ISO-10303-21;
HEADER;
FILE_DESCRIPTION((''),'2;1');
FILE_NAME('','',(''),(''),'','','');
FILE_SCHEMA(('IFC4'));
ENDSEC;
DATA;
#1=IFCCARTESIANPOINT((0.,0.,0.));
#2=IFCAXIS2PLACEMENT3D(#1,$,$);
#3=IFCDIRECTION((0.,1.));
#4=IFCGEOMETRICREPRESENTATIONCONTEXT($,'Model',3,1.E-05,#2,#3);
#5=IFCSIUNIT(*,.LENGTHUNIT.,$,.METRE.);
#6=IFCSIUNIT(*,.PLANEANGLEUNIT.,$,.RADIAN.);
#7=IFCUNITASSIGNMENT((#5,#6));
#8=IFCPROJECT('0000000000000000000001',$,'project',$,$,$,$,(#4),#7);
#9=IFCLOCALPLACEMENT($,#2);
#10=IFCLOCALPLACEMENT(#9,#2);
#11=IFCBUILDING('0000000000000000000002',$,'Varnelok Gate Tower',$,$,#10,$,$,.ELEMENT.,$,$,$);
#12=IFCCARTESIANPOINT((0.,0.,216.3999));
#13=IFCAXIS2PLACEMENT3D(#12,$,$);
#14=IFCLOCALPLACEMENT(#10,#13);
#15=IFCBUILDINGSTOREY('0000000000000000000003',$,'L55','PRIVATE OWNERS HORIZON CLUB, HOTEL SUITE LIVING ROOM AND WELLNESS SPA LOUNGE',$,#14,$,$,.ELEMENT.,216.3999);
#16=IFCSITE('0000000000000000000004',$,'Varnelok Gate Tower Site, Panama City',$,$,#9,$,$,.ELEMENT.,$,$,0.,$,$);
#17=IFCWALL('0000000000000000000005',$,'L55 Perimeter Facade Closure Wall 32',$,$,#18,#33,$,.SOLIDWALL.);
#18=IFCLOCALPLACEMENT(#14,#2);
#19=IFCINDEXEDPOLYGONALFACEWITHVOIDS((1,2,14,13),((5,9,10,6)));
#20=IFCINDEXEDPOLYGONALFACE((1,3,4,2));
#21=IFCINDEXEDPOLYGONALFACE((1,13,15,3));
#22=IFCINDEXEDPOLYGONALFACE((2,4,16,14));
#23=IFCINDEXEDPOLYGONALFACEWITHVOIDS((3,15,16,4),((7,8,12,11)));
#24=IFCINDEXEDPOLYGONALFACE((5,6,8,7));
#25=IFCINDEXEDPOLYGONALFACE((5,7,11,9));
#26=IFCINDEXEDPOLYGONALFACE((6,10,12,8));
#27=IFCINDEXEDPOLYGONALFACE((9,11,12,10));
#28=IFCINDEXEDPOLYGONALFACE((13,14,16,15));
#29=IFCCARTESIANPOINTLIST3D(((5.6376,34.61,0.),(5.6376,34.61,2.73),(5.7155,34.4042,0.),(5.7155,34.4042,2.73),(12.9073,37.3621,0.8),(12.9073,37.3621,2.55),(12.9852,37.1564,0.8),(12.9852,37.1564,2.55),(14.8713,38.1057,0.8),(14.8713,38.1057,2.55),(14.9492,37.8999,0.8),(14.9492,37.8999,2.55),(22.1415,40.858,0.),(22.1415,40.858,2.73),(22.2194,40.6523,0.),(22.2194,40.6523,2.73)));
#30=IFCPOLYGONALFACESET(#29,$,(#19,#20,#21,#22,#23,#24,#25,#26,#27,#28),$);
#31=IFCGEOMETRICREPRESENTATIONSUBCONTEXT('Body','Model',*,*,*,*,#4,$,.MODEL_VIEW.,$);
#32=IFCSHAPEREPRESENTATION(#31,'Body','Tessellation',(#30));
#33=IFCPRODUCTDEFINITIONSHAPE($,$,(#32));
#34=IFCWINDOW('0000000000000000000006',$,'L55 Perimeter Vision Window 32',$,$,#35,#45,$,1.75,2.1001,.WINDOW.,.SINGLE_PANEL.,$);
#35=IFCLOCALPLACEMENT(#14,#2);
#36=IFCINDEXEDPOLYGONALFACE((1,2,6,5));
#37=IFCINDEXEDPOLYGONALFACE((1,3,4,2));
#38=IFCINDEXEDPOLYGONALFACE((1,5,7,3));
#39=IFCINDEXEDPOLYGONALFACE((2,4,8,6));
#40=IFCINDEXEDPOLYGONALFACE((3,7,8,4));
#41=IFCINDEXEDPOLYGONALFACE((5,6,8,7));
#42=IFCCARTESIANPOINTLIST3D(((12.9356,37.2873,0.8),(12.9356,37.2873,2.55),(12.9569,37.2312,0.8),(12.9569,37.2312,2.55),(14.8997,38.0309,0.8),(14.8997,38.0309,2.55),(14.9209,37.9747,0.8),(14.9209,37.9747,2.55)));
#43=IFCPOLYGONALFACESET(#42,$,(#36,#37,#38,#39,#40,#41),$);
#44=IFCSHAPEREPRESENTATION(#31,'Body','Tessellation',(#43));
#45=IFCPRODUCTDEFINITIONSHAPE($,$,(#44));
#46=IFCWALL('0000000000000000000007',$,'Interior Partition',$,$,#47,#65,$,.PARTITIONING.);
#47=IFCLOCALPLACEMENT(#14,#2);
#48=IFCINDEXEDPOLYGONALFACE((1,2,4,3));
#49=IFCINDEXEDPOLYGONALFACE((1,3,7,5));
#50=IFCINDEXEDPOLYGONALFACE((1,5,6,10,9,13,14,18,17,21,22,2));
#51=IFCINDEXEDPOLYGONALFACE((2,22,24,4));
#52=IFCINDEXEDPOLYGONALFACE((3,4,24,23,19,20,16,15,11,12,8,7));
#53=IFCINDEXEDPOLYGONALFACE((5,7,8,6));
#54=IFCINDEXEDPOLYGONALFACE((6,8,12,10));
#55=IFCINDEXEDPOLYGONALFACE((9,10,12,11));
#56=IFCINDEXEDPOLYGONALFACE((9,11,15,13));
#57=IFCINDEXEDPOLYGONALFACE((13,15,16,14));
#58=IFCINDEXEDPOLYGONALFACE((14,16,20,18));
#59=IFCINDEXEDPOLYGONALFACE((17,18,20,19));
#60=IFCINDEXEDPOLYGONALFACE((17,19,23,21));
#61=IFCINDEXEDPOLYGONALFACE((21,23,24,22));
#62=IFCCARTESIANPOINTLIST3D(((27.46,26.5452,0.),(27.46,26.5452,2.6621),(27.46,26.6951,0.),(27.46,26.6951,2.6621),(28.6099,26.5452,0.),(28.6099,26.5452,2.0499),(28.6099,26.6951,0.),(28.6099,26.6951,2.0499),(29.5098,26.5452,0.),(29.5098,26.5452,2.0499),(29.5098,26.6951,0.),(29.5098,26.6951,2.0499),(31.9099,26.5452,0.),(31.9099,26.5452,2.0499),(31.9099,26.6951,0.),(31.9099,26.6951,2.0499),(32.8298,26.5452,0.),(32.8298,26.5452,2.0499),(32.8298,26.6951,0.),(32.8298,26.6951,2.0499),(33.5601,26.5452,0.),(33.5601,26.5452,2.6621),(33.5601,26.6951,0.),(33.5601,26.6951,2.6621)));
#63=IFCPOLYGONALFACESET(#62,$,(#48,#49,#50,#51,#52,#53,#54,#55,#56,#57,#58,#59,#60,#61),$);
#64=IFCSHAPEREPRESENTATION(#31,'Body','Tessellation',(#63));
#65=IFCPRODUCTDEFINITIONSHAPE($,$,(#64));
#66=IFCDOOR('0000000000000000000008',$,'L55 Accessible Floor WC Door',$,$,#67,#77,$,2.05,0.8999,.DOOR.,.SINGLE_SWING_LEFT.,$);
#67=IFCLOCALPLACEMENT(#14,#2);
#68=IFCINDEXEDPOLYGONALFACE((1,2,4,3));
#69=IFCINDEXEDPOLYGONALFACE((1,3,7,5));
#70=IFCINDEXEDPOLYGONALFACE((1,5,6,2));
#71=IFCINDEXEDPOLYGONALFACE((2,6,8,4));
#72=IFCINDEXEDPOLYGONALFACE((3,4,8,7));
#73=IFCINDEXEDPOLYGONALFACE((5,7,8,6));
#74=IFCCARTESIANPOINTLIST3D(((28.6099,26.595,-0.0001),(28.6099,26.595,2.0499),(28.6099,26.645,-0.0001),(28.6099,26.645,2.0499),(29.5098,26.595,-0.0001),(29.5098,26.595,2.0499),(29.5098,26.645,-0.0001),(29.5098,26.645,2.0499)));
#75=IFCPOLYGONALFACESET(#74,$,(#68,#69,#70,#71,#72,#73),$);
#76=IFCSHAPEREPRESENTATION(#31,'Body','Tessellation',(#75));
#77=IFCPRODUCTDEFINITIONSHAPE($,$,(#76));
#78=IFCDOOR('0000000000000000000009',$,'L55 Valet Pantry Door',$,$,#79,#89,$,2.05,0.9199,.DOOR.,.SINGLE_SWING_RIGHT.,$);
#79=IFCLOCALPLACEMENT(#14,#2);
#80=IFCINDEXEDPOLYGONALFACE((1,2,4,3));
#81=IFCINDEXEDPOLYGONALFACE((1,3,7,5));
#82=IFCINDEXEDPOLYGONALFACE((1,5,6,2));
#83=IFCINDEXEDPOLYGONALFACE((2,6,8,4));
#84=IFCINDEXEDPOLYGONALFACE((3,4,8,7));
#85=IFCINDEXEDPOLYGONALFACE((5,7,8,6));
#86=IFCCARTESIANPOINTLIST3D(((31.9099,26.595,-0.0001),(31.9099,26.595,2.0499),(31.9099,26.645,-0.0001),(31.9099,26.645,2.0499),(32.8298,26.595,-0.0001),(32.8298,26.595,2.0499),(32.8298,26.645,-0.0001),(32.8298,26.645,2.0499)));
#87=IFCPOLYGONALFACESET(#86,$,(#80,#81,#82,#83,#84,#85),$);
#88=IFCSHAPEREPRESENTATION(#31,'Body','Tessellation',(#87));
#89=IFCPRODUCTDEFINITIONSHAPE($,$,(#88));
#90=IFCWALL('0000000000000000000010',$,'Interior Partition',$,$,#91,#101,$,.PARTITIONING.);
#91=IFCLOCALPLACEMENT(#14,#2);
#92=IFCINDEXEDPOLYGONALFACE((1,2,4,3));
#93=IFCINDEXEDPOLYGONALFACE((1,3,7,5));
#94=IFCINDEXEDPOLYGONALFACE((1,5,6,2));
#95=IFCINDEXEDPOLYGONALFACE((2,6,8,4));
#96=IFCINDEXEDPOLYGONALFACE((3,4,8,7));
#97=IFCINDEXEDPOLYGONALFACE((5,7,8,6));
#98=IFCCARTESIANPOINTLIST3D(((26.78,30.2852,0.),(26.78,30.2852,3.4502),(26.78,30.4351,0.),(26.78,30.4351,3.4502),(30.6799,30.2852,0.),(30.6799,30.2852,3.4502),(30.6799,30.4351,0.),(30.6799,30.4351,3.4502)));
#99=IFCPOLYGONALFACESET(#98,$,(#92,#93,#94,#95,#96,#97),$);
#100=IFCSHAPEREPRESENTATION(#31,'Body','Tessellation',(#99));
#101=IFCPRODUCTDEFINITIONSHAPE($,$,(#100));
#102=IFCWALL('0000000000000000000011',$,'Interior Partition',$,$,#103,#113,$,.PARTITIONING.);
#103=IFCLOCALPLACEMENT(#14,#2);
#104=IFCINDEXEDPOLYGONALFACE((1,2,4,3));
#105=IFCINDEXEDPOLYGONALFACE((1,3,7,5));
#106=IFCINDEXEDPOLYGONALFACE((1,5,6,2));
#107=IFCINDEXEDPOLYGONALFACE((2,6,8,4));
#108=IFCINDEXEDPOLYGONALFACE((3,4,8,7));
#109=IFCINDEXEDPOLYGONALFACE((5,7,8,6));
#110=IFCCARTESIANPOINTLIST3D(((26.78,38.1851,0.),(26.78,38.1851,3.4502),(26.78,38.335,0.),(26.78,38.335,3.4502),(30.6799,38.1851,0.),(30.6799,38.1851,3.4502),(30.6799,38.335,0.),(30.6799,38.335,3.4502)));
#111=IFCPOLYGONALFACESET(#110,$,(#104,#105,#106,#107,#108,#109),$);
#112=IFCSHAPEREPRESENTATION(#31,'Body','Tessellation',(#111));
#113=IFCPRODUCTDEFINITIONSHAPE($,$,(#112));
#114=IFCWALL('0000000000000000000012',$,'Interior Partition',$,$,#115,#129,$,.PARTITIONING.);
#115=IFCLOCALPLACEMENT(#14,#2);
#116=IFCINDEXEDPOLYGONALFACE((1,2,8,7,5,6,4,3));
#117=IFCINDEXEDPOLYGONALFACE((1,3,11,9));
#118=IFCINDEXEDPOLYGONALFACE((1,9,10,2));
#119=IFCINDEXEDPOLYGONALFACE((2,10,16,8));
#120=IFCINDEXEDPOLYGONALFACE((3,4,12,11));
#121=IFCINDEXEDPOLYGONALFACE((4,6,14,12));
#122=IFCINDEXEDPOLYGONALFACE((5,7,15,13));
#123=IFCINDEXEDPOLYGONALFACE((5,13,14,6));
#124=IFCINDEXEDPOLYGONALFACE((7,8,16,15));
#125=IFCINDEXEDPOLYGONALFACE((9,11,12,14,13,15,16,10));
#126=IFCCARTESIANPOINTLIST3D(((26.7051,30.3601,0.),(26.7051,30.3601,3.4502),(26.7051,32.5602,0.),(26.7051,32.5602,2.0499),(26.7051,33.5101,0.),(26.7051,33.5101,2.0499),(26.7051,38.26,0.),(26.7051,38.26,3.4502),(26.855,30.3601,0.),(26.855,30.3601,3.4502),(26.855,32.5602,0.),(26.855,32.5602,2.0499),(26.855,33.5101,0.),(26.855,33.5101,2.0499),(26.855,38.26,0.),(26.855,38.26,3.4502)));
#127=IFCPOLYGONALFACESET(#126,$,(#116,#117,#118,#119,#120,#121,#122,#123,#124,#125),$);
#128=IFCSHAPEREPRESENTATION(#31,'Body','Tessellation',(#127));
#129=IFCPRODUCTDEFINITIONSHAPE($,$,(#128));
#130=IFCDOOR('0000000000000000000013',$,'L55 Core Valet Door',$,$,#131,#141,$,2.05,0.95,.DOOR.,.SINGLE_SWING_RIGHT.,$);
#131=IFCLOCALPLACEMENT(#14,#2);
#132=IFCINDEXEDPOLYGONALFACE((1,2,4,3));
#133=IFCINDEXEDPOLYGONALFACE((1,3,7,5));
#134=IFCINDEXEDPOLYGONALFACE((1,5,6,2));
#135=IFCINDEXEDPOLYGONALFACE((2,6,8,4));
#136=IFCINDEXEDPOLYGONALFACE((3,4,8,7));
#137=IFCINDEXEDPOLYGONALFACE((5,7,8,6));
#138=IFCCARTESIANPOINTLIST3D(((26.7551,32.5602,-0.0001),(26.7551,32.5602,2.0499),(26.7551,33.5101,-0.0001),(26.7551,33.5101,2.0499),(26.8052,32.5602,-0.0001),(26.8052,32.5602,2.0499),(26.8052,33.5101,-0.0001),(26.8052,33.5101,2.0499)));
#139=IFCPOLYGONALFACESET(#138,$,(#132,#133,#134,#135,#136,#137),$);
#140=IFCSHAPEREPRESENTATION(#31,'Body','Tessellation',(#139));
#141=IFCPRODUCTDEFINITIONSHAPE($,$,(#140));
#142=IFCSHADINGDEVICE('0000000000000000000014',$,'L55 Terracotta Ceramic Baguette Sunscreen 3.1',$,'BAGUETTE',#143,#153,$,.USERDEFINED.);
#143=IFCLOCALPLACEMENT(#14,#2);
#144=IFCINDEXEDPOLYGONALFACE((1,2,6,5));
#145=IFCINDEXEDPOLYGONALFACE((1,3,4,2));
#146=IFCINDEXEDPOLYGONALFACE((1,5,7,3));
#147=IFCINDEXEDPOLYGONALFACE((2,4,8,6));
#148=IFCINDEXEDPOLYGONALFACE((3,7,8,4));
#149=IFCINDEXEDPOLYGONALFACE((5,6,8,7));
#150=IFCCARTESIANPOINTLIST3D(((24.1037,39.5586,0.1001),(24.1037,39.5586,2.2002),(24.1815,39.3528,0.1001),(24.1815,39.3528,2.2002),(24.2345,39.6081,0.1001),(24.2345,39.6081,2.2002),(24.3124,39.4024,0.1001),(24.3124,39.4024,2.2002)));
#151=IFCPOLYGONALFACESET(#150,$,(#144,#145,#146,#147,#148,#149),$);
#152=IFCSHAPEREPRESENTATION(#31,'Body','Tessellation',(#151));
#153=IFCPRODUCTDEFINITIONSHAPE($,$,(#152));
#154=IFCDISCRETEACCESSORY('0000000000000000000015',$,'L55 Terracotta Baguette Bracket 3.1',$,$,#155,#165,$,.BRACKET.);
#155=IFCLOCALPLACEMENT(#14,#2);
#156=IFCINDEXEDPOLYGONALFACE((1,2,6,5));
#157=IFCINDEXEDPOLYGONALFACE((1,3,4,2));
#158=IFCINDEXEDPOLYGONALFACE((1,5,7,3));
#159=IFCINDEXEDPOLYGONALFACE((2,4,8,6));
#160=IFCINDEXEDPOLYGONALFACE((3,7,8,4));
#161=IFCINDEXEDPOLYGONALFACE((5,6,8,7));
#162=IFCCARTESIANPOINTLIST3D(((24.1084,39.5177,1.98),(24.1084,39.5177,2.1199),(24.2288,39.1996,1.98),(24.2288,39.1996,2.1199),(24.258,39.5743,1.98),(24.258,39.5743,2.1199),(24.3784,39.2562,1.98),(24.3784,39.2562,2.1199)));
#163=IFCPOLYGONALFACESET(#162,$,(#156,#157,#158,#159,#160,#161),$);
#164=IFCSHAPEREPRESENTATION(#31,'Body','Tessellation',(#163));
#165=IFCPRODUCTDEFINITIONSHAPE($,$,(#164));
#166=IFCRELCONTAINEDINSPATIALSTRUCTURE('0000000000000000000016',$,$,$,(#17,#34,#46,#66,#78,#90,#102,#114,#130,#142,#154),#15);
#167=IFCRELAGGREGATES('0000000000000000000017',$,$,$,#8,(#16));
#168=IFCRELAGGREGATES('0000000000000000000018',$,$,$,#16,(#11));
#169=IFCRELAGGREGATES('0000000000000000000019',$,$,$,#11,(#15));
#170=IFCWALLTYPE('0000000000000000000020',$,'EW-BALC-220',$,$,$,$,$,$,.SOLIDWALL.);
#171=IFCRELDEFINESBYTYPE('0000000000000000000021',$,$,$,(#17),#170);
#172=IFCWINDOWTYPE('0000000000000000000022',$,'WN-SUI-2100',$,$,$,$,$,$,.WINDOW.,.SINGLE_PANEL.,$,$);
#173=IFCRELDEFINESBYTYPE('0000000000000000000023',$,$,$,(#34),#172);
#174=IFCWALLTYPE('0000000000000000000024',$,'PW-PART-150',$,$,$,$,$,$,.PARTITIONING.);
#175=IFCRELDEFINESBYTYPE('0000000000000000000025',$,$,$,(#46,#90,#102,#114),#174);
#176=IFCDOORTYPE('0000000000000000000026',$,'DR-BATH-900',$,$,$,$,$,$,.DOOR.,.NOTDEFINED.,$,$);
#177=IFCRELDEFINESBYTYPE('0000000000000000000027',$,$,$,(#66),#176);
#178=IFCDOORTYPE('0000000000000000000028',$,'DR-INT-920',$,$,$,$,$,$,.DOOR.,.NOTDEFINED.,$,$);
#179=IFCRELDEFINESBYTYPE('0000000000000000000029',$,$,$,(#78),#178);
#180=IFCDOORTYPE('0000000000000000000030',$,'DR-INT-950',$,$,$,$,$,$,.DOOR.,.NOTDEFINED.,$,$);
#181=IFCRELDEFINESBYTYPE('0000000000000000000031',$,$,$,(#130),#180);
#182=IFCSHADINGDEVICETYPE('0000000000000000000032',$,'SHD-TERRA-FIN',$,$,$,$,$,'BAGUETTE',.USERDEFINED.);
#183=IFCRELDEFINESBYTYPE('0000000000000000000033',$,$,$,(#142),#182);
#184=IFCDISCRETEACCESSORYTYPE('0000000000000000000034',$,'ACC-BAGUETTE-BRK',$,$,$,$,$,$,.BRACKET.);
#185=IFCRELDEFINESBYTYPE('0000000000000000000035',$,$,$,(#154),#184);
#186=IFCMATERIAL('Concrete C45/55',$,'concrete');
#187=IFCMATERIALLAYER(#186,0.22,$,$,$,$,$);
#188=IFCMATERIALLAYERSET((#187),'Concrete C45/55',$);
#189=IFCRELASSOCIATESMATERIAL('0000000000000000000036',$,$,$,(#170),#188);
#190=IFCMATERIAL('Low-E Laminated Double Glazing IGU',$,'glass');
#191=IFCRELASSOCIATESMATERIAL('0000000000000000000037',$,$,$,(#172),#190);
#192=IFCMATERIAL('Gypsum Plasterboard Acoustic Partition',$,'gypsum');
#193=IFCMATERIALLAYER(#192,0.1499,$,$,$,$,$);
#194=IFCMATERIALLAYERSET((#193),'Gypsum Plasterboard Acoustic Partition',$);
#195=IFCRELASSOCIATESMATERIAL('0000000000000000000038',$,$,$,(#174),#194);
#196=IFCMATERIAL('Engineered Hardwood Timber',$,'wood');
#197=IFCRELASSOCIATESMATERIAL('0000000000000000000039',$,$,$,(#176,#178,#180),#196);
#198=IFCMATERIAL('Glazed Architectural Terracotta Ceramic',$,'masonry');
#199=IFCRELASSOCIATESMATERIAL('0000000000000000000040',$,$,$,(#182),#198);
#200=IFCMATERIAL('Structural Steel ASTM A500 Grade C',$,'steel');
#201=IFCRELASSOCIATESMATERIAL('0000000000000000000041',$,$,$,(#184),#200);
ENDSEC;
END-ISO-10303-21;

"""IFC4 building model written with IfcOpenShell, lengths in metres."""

from ifc_helpers import new_model, si_unit, direction, frame, frame_2d, origin, origin_2d, place, context, subcontext, project, spatial, rectangle, extrude, source, transform, mapped, material, layer, layer_set, type_object, element, fill, save


model = new_model("IFC4")

# Units and contexts
model_context = context("Model", 3, precision=1e-05, world=origin(), true_north=direction((0.0, 1.0)))
body_context = subcontext(model_context, "Body", "Model", "MODEL_VIEW")
ifc_project = project(units=[si_unit("LENGTHUNIT", "METRE"), si_unit("PLANEANGLEUNIT", "RADIAN")], contexts=[model_context])

# Site, building, storey
site_placement = place(None, origin())
site = spatial("IfcSite", under=ifc_project, at=site_placement, Name="Varnelok Gate Tower Site, Panama City", CompositionType="ELEMENT", RefElevation=0.0)
building_placement = place(site_placement, origin())
building = spatial("IfcBuilding", under=site, at=building_placement, Name="Varnelok Gate Tower", CompositionType="ELEMENT")
storey_placement = place(building_placement, frame((0.0, 0.0, 216.3999)))
storey = spatial("IfcBuildingStorey", under=building, at=storey_placement, Name="L55", Description="PRIVATE OWNERS HORIZON CLUB, HOTEL SUITE LIVING ROOM AND WELLNESS SPA LOUNGE", CompositionType="ELEMENT", Elevation=216.3999)

# Shared definitions
ifc_material_1 = material(Name="Concrete C45/55", Category="concrete")
ifc_layer_1 = layer(ifc_material_1, 0.22)
ifc_layer_set_1 = layer_set([ifc_layer_1], Name="Concrete C45/55")
wall_type_1 = type_object("IfcWallType", Name="EW-BALC-220", PredefinedType="SOLIDWALL", material=ifc_layer_set_1)
ifc_material_2 = material(Name="Low-E Laminated Double Glazing IGU", Category="glass")

# Wall, opening, window
wall_1_placement = place(storey_placement, frame((22.1804, 40.7551, 0.0), z_axis=(0.0, 0.0, 1.0), x_axis=(-0.935224, -0.354057, 0.0)))
wall_1 = element("IfcWall", 1, at=wall_1_placement, inside=storey, type_object=wall_type_1, Name="L55 Perimeter Facade Closure Wall 32", PredefinedType="SOLIDWALL", context=body_context, shape_type="SweptSolid", body=[
    extrude(rectangle(XDim=17.647, YDim=0.22, at=frame_2d((8.8235, 0.0))), origin(), (0.0, 0.0, 1.0), 2.73),
])
opening_1_placement = place(wall_1_placement, frame((7.7737, 0.0, 0.8)))
opening_1 = element("IfcOpeningElement", 2, at=opening_1_placement, cuts=wall_1, PredefinedType="OPENING", context=body_context, shape_type="SweptSolid", body=[
    extrude(rectangle(XDim=2.1001, YDim=1.75, at=frame_2d((1.05, 0.875))), frame((0.0, 0.1199, 0.0), z_axis=(0.0, -1.0, 0.0), x_axis=(1.0, 0.0, 0.0)), (0.0, 0.0, 1.0), 0.24),
])
window_type_1 = type_object("IfcWindowType", Name="WN-SUI-2100", PartitioningType="SINGLE_PANEL", PredefinedType="WINDOW", material=ifc_material_2)
window_1_placement = place(opening_1_placement, origin())
window_1 = element("IfcWindow", 3, at=window_1_placement, inside=storey, type_object=window_type_1, Name="L55 Perimeter Vision Window 32", OverallHeight=1.75, OverallWidth=2.1001, PartitioningType="SINGLE_PANEL", PredefinedType="WINDOW", context=body_context, shape_type="SweptSolid", body=[
    extrude(rectangle(XDim=2.1001, YDim=1.75, at=frame_2d((1.05, 0.875))), frame((0.0, 0.03, 0.0), z_axis=(0.0, -1.0, 0.0), x_axis=(1.0, 0.0, 0.0)), (0.0, 0.0, 1.0), 0.0601),
])
fill(opening_1, window_1)

# Wall, openings, doors
ifc_material_3 = material(Name="Gypsum Plasterboard Acoustic Partition", Category="gypsum")
ifc_layer_2 = layer(ifc_material_3, 0.1499)
ifc_layer_set_2 = layer_set([ifc_layer_2], Name="Gypsum Plasterboard Acoustic Partition")
wall_type_2 = type_object("IfcWallType", Name="PW-PART-150", PredefinedType="PARTITIONING", material=ifc_layer_set_2)
wall_2_placement = place(storey_placement, frame((27.46, 26.6201, 0.0), z_axis=(0.0, 0.0, 1.0), x_axis=(1.0, 0.0, 0.0)))
wall_2 = element("IfcWall", 4, at=wall_2_placement, inside=storey, type_object=wall_type_2, Name="Interior Partition", PredefinedType="PARTITIONING", context=body_context, shape_type="SweptSolid", body=[
    extrude(rectangle(XDim=6.1001, YDim=0.1499, at=frame_2d((3.05, 0.0))), origin(), (0.0, 0.0, 1.0), 2.6621),
])
opening_2_placement = place(wall_2_placement, frame((1.1499, 0.0, 0.0)))
opening_2 = element("IfcOpeningElement", 5, at=opening_2_placement, cuts=wall_2, PredefinedType="OPENING", context=body_context, shape_type="SweptSolid", body=[
    extrude(rectangle(XDim=0.8999, YDim=2.05, at=frame_2d((0.45, 1.0249))), frame((0.0, 0.085, 0.0), z_axis=(0.0, -1.0, 0.0), x_axis=(1.0, 0.0, 0.0)), (0.0, 0.0, 1.0), 0.1699),
])
opening_3_placement = place(wall_2_placement, frame((4.45, 0.0, 0.0)))
opening_3 = element("IfcOpeningElement", 6, at=opening_3_placement, cuts=wall_2, PredefinedType="OPENING", context=body_context, shape_type="SweptSolid", body=[
    extrude(rectangle(XDim=0.9199, YDim=2.05, at=frame_2d((0.46, 1.0249))), frame((0.0, 0.085, 0.0), z_axis=(0.0, -1.0, 0.0), x_axis=(1.0, 0.0, 0.0)), (0.0, 0.0, 1.0), 0.1699),
])
ifc_material_4 = material(Name="Engineered Hardwood Timber", Category="wood")
door_type_1 = type_object("IfcDoorType", Name="DR-BATH-900", OperationType="NOTDEFINED", PredefinedType="DOOR", material=ifc_material_4)
door_1_placement = place(opening_2_placement, origin())
door_1 = element("IfcDoor", 7, at=door_1_placement, inside=storey, type_object=door_type_1, Name="L55 Accessible Floor WC Door", OperationType="SINGLE_SWING_LEFT", OverallHeight=2.05, OverallWidth=0.8999, PredefinedType="DOOR", context=body_context, shape_type="SweptSolid", body=[
    extrude(rectangle(XDim=0.8999, YDim=2.05, at=frame_2d((0.45, 1.0249))), frame((0.0, 0.0249, 0.0), z_axis=(0.0, -1.0, 0.0), x_axis=(1.0, 0.0, 0.0)), (0.0, 0.0, 1.0), 0.05),
])
fill(opening_2, door_1)
door_type_2 = type_object("IfcDoorType", Name="DR-INT-920", OperationType="NOTDEFINED", PredefinedType="DOOR", material=ifc_material_4)
door_2_placement = place(opening_3_placement, origin())
door_2 = element("IfcDoor", 8, at=door_2_placement, inside=storey, type_object=door_type_2, Name="L55 Valet Pantry Door", OperationType="SINGLE_SWING_RIGHT", OverallHeight=2.05, OverallWidth=0.9199, PredefinedType="DOOR", context=body_context, shape_type="SweptSolid", body=[
    extrude(rectangle(XDim=0.9199, YDim=2.05, at=frame_2d((0.46, 1.0249))), frame((0.0, 0.0249, 0.0), z_axis=(0.0, -1.0, 0.0), x_axis=(1.0, 0.0, 0.0)), (0.0, 0.0, 1.0), 0.05),
])
fill(opening_3, door_2)

# Walls
for number, where, z_axis, x_axis, name in (
    (9, (26.78, 30.3601, 0.0), (0.0, 0.0, 1.0), (1.0, 0.0, 0.0), "Interior Partition"),
    (10, (26.78, 38.26, 0.0), (0.0, 0.0, 1.0), (1.0, 0.0, 0.0), "Interior Partition"),
):
    element("IfcWall", number, at=place(storey_placement, frame(where, z_axis=z_axis, x_axis=x_axis)), inside=storey, type_object=wall_type_2, Name=name, PredefinedType="PARTITIONING", context=body_context, shape_type="SweptSolid", body=[
        extrude(rectangle(XDim=3.8999, YDim=0.1499, at=frame_2d((1.95, 0.0))), origin(), (0.0, 0.0, 1.0), 3.4502),
    ])

# Wall, opening, door
wall_3_placement = place(storey_placement, frame((26.78, 30.3601, 0.0), z_axis=(0.0, 0.0, 1.0), x_axis=(0.0, 1.0, 0.0)))
wall_3 = element("IfcWall", 11, at=wall_3_placement, inside=storey, type_object=wall_type_2, Name="Interior Partition", PredefinedType="PARTITIONING", context=body_context, shape_type="SweptSolid", body=[
    extrude(rectangle(XDim=7.8999, YDim=0.1499, at=frame_2d((3.95, 0.0))), origin(), (0.0, 0.0, 1.0), 3.4502),
])
opening_4_placement = place(wall_3_placement, frame((2.2, 0.0, 0.0)))
opening_4 = element("IfcOpeningElement", 12, at=opening_4_placement, cuts=wall_3, PredefinedType="OPENING", context=body_context, shape_type="SweptSolid", body=[
    extrude(rectangle(XDim=0.95, YDim=2.05, at=frame_2d((0.4751, 1.0249))), frame((0.0, 0.085, 0.0), z_axis=(0.0, -1.0, 0.0), x_axis=(1.0, 0.0, 0.0)), (0.0, 0.0, 1.0), 0.1699),
])
door_type_3 = type_object("IfcDoorType", Name="DR-INT-950", OperationType="NOTDEFINED", PredefinedType="DOOR", material=ifc_material_4)
door_3_placement = place(opening_4_placement, origin())
door_3 = element("IfcDoor", 13, at=door_3_placement, inside=storey, type_object=door_type_3, Name="L55 Core Valet Door", OperationType="SINGLE_SWING_RIGHT", OverallHeight=2.05, OverallWidth=0.95, PredefinedType="DOOR", context=body_context, shape_type="SweptSolid", body=[
    extrude(rectangle(XDim=0.95, YDim=2.05, at=frame_2d((0.4751, 1.0249))), frame((0.0, 0.0249, 0.0), z_axis=(0.0, -1.0, 0.0), x_axis=(1.0, 0.0, 0.0)), (0.0, 0.0, 1.0), 0.05),
])
fill(opening_4, door_3)

# Shading device
ifc_material_5 = material(Name="Glazed Architectural Terracotta Ceramic", Category="masonry")
shading_device_type = type_object("IfcShadingDeviceType", Name="SHD-TERRA-FIN", ElementType="BAGUETTE", PredefinedType="USERDEFINED", material=ifc_material_5)
shared_shape_1 = source(origin(), body_context, "Body", "SweptSolid", [
    extrude(rectangle(XDim=0.1399, YDim=0.22, at=origin_2d()), origin(), (0.0, 0.0, 1.0), 2.1001),
])
shading_device_placement = place(storey_placement, frame((24.208, 39.4805, 0.1001), z_axis=(0.0, 0.0, 1.0), x_axis=(0.935222, 0.354063, 0.0)))
element("IfcShadingDevice", 14, at=shading_device_placement, inside=storey, type_object=shading_device_type, Name="L55 Terracotta Ceramic Baguette Sunscreen 3.1", ObjectType="BAGUETTE", PredefinedType="USERDEFINED", context=body_context, shape_type="MappedRepresentation", body=[
    mapped(shared_shape_1, transform((0.0, 0.0, 0.0), scale=1.0)),
])

# Discrete accessory
ifc_material_6 = material(Name="Structural Steel ASTM A500 Grade C", Category="steel")
discrete_accessory_type = type_object("IfcDiscreteAccessoryType", Name="ACC-BAGUETTE-BRK", PredefinedType="BRACKET", material=ifc_material_6)
shared_shape_2 = source(origin(), body_context, "Body", "SweptSolid", [
    extrude(rectangle(XDim=0.1599, YDim=0.3401, at=origin_2d()), origin(), (0.0, 0.0, 1.0), 0.1399),
])
discrete_accessory_placement = place(storey_placement, frame((24.2434, 39.387, 1.98), z_axis=(0.0, 0.0, 1.0), x_axis=(0.935222, 0.354063, 0.0)))
element("IfcDiscreteAccessory", 15, at=discrete_accessory_placement, inside=storey, type_object=discrete_accessory_type, Name="L55 Terracotta Baguette Bracket 3.1", PredefinedType="BRACKET", context=body_context, shape_type="MappedRepresentation", body=[
    mapped(shared_shape_2, transform((0.0, 0.0, 0.0), scale=1.0)),
])

save(model, "model.ifc")
